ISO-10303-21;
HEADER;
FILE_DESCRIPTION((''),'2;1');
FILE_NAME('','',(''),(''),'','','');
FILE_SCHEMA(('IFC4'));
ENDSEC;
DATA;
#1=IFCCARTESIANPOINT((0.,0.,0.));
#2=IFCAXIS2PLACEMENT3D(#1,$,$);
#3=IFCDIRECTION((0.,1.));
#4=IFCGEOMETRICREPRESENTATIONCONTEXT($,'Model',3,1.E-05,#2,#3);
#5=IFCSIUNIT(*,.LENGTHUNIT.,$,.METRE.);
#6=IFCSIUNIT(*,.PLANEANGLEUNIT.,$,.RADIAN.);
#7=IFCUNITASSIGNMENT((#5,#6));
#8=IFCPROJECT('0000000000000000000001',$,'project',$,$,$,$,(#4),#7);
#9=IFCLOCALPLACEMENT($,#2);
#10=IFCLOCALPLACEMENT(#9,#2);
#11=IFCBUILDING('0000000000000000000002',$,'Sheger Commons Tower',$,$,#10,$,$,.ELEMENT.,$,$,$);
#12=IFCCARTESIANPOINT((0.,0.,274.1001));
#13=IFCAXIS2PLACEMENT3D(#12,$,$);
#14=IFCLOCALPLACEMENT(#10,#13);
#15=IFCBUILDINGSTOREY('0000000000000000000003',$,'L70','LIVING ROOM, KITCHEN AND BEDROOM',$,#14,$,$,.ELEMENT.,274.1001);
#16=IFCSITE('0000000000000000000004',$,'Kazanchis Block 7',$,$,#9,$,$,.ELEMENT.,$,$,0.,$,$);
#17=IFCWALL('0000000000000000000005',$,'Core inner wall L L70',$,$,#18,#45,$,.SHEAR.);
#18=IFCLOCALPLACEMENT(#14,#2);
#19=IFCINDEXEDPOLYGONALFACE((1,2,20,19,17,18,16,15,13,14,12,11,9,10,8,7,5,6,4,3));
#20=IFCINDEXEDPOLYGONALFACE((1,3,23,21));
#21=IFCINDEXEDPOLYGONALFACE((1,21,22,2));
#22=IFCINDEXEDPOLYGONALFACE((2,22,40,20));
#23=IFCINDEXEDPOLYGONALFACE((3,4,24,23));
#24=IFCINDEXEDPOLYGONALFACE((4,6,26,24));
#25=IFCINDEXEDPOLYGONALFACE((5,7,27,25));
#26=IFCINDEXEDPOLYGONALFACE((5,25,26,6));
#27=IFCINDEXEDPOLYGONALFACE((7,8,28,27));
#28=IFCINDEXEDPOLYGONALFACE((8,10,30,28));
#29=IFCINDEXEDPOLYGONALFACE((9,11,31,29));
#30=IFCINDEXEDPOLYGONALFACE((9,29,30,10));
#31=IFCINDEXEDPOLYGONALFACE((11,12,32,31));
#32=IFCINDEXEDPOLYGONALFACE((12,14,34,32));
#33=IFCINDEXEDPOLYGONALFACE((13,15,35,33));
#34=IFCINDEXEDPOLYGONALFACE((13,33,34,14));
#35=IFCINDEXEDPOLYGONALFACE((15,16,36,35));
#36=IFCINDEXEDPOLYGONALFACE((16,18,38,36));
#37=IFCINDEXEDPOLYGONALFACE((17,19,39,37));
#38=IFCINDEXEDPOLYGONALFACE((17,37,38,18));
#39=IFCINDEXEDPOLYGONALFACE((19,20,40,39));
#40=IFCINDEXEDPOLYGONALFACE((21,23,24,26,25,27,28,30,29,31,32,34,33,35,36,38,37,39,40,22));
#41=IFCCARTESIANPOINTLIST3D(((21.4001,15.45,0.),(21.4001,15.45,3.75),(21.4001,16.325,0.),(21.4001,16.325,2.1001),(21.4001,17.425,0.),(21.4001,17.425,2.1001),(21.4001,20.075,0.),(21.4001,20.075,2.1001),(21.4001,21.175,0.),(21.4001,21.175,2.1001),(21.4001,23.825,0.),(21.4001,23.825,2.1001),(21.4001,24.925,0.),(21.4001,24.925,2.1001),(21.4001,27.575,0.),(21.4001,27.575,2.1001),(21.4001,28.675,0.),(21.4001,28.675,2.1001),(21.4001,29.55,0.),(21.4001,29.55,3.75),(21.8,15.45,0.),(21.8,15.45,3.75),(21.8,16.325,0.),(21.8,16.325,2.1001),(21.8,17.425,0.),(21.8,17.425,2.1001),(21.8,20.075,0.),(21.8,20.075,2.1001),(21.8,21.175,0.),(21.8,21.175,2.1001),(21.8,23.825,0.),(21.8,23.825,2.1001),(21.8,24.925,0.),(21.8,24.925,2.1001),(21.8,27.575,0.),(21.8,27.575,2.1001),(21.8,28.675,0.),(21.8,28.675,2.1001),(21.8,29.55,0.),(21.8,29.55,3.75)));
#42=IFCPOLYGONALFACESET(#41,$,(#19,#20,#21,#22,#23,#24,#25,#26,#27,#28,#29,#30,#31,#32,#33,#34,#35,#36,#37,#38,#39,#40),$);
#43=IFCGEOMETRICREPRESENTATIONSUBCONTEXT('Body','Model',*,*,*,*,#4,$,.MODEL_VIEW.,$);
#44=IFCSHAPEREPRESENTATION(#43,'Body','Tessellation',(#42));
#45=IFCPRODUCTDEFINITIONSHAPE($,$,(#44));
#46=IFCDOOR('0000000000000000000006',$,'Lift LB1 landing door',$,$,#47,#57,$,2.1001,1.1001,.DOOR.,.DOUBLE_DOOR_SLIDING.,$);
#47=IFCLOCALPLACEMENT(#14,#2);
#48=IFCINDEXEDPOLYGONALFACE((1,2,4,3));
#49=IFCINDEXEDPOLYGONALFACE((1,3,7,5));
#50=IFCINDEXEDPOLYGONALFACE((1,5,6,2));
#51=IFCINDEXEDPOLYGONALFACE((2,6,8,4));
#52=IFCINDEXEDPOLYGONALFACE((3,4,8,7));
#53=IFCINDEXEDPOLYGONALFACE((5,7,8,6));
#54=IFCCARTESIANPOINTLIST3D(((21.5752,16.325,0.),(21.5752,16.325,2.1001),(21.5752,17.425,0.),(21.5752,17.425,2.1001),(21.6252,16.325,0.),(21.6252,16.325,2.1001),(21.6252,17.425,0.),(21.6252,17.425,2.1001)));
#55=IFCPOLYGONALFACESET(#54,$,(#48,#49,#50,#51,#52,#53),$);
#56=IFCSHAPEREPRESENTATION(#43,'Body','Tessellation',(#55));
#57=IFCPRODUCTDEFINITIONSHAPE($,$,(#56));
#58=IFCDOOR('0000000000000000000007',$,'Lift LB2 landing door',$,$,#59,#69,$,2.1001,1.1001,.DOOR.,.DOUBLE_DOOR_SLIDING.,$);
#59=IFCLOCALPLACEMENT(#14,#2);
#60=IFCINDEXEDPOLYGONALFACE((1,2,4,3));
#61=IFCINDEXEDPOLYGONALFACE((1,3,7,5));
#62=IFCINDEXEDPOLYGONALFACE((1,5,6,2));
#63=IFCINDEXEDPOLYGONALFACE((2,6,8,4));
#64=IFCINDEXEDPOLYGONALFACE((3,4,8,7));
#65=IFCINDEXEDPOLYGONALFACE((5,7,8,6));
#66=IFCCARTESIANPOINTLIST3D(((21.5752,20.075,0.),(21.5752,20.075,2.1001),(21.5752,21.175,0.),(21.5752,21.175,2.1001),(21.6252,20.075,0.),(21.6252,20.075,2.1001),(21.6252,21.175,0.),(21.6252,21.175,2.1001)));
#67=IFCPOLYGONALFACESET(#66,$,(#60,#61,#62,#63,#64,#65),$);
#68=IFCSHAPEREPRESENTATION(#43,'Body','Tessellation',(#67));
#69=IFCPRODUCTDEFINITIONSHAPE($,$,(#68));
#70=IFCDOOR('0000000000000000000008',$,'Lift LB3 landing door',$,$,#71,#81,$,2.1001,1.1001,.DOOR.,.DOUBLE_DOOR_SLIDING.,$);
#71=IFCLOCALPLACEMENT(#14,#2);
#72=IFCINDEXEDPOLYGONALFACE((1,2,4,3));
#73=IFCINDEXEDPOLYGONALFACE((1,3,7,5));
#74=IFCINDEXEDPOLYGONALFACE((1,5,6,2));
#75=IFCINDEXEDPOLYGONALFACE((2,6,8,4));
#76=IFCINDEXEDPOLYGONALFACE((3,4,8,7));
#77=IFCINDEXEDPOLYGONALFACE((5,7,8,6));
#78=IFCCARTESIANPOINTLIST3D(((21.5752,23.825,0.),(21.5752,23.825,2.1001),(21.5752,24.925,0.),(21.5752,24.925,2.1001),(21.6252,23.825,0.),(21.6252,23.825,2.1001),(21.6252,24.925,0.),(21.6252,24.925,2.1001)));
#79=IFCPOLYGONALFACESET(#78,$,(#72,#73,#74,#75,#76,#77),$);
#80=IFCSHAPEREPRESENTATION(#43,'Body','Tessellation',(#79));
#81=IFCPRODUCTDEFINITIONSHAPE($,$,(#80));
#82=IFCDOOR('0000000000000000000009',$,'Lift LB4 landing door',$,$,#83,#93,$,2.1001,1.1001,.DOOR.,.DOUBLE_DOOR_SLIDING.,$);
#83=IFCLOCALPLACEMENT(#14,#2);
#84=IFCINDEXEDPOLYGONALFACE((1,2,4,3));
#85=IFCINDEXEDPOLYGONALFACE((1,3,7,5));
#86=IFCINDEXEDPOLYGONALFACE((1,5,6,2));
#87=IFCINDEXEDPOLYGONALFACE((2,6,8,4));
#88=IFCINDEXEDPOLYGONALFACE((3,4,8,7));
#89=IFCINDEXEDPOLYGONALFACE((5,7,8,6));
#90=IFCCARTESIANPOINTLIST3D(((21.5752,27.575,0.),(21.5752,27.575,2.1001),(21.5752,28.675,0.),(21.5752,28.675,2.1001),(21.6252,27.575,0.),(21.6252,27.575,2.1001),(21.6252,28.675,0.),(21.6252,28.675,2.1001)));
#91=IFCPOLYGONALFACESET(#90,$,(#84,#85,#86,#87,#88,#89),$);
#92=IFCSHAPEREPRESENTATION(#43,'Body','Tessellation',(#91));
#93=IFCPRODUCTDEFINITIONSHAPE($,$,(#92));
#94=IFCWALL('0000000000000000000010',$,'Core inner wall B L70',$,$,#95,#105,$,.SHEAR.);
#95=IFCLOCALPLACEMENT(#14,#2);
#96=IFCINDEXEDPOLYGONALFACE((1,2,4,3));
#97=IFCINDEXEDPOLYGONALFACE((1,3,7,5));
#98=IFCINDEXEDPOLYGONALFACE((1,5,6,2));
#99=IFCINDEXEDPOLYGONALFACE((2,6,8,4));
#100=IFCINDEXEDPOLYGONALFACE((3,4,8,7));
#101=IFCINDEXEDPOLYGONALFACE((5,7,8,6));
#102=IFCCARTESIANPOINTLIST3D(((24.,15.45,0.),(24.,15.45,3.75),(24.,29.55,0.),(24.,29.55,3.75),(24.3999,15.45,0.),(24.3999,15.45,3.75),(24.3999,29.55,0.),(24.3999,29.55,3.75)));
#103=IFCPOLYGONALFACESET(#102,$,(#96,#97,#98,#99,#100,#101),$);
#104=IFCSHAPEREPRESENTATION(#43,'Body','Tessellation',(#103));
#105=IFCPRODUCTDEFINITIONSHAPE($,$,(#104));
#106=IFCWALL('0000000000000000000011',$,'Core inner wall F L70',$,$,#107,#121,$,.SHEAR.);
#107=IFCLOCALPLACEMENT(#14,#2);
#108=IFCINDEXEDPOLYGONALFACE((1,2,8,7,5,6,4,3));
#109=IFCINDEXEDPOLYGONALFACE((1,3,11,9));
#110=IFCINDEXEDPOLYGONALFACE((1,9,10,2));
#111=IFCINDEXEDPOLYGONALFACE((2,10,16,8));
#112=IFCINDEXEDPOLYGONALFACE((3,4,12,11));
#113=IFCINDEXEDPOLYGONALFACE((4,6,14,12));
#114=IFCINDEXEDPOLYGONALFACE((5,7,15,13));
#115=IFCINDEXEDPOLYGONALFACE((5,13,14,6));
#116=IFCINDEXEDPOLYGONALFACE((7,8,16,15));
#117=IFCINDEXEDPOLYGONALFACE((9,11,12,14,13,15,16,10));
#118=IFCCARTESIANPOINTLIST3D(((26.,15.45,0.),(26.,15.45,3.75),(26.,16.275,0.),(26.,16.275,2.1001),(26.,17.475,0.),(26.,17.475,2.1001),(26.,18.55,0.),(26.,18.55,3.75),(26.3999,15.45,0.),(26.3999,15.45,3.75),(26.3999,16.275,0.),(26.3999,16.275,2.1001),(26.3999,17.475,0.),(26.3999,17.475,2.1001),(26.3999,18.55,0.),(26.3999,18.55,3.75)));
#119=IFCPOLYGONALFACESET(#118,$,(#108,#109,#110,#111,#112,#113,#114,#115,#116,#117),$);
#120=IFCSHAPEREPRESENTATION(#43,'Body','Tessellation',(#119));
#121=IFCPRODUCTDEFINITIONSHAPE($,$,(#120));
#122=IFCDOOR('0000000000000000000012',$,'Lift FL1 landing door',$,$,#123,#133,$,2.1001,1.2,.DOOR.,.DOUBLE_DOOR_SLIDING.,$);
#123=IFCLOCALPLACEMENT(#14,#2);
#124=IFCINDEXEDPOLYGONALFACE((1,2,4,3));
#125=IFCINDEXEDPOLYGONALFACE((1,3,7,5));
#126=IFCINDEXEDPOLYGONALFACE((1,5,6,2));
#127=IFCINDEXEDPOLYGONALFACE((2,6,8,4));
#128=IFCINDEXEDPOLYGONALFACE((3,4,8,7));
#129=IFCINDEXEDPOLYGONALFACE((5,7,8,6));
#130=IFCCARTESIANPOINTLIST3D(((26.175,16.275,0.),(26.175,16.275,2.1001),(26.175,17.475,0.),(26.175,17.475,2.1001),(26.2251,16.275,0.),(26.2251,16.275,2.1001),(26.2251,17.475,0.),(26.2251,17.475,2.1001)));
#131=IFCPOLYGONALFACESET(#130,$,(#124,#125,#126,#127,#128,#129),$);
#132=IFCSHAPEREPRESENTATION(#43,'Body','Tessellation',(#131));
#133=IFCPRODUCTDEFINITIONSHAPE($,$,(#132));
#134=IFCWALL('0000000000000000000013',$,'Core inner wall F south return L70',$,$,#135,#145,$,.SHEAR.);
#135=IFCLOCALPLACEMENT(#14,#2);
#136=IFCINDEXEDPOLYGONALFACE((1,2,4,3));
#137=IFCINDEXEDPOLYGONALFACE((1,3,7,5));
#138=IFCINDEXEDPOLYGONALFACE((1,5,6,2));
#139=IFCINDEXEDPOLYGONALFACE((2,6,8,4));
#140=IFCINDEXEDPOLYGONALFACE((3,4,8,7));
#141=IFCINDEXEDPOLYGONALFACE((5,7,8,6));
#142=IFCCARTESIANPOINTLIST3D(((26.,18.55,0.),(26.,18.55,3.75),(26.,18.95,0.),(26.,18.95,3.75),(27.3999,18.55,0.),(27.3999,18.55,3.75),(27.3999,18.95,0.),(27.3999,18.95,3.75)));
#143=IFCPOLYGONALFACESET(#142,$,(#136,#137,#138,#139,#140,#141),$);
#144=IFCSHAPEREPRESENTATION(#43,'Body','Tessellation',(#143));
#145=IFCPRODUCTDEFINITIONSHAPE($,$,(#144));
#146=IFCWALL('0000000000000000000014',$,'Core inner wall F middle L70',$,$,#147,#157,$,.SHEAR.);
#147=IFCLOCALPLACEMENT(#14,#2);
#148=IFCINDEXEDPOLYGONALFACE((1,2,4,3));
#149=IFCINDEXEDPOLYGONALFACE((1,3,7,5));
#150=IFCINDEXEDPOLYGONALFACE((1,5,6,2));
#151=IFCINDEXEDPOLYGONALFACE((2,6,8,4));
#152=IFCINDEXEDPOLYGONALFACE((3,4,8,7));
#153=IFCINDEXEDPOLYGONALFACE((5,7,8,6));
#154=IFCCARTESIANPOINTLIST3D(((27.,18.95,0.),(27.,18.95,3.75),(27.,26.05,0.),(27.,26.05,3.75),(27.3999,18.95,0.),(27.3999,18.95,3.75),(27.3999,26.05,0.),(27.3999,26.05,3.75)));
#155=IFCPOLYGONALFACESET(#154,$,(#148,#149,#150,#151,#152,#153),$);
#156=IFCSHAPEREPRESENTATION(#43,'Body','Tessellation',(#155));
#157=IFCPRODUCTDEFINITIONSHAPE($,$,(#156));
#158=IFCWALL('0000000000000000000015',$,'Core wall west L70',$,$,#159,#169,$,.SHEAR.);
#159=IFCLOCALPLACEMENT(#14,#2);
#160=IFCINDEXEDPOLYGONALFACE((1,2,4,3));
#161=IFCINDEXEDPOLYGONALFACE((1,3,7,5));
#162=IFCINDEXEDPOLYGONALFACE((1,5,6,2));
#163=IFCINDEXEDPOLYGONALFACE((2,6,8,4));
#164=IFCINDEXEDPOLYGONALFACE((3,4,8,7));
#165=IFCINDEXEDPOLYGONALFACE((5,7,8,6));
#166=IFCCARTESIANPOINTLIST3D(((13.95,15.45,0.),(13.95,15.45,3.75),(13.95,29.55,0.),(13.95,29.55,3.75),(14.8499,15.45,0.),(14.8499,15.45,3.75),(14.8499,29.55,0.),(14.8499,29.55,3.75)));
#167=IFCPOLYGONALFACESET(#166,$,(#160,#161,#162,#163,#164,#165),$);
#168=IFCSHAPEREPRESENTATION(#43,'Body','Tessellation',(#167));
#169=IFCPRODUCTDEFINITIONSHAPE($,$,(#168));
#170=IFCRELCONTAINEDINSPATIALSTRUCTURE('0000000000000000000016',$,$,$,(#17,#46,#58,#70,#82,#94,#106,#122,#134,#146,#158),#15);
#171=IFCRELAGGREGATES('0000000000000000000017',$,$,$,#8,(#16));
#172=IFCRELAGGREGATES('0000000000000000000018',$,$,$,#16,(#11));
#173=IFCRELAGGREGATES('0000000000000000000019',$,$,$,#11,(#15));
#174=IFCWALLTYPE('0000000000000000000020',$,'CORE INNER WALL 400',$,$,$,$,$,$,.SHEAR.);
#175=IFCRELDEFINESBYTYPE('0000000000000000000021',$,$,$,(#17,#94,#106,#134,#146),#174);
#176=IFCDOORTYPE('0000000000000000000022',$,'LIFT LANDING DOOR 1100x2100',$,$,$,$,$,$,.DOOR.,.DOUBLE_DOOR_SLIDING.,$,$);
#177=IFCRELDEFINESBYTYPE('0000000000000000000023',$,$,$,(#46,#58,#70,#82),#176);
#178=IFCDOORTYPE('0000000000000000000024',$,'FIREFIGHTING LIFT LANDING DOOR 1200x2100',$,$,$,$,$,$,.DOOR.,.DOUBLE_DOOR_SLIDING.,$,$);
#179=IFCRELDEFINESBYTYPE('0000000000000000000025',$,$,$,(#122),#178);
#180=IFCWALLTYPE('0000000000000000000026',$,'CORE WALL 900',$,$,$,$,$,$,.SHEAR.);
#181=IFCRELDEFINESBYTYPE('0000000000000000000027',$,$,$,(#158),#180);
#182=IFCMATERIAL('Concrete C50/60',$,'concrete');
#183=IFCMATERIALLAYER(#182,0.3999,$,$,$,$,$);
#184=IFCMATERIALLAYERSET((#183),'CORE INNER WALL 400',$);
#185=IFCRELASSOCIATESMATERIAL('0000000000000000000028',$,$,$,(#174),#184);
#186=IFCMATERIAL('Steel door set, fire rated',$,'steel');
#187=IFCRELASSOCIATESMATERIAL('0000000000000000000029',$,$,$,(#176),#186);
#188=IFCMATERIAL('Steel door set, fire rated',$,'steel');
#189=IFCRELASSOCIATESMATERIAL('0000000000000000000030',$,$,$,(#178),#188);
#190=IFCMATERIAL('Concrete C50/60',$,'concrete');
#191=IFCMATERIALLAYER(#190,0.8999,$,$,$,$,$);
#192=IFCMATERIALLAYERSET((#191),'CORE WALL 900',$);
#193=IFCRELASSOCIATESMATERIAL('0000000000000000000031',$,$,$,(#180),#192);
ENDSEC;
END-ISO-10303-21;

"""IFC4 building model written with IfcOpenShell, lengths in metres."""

from ifc_helpers import new_model, si_unit, direction, frame, frame_2d, origin, place, context, subcontext, project, spatial, rectangle, extrude, material, layer, layer_set, type_object, element, fill, save


model = new_model("IFC4")

# Units and contexts
model_context = context("Model", 3, precision=1e-05, world=origin(), true_north=direction((0.0, 1.0)))
body_context = subcontext(model_context, "Body", "Model", "MODEL_VIEW")
ifc_project = project(units=[si_unit("LENGTHUNIT", "METRE"), si_unit("PLANEANGLEUNIT", "RADIAN")], contexts=[model_context])

# Site, building, storey
site_placement = place(None, origin())
site = spatial("IfcSite", under=ifc_project, at=site_placement, Name="Kazanchis Block 7", CompositionType="ELEMENT", RefElevation=0.0)
building_placement = place(site_placement, origin())
building = spatial("IfcBuilding", under=site, at=building_placement, Name="Sheger Commons Tower", CompositionType="ELEMENT")
storey_placement = place(building_placement, frame((0.0, 0.0, 274.1001)))
storey = spatial("IfcBuildingStorey", under=building, at=storey_placement, Name="L70", Description="LIVING ROOM, KITCHEN AND BEDROOM", CompositionType="ELEMENT", Elevation=274.1001)

# Wall, openings, doors
ifc_material_1 = material(Name="Concrete C50/60", Category="concrete")
ifc_layer_1 = layer(ifc_material_1, 0.3999)
ifc_layer_set_1 = layer_set([ifc_layer_1], Name="CORE INNER WALL 400")
wall_type_1 = type_object("IfcWallType", Name="CORE INNER WALL 400", PredefinedType="SHEAR", material=ifc_layer_set_1)
wall_1_placement = place(storey_placement, frame((21.6001, 15.45, 0.0), z_axis=(0.0, 0.0, 1.0), x_axis=(0.0, 1.0, 0.0)))
wall_1 = element("IfcWall", 1, at=wall_1_placement, inside=storey, type_object=wall_type_1, Name="Core inner wall L L70", PredefinedType="SHEAR", context=body_context, shape_type="SweptSolid", body=[
    extrude(rectangle(XDim=14.1001, YDim=0.3999, at=frame_2d((7.05, 0.0))), origin(), (0.0, 0.0, 1.0), 3.75),
])
opening_1_placement = place(wall_1_placement, frame((0.875, 0.0, 0.0)))
opening_1 = element("IfcOpeningElement", 2, at=opening_1_placement, cuts=wall_1, PredefinedType="OPENING", context=body_context, shape_type="SweptSolid", body=[
    extrude(rectangle(XDim=1.1001, YDim=2.1001, at=frame_2d((0.55, 1.05))), frame((0.0, 0.21, 0.0), z_axis=(0.0, -1.0, 0.0), x_axis=(1.0, 0.0, 0.0)), (0.0, 0.0, 1.0), 0.4199),
])
opening_2_placement = place(wall_1_placement, frame((4.625, 0.0, 0.0)))
opening_2 = element("IfcOpeningElement", 3, at=opening_2_placement, cuts=wall_1, PredefinedType="OPENING", context=body_context, shape_type="SweptSolid", body=[
    extrude(rectangle(XDim=1.1001, YDim=2.1001, at=frame_2d((0.55, 1.05))), frame((0.0, 0.21, 0.0), z_axis=(0.0, -1.0, 0.0), x_axis=(1.0, 0.0, 0.0)), (0.0, 0.0, 1.0), 0.4199),
])
opening_3_placement = place(wall_1_placement, frame((8.375, 0.0, 0.0)))
opening_3 = element("IfcOpeningElement", 4, at=opening_3_placement, cuts=wall_1, PredefinedType="OPENING", context=body_context, shape_type="SweptSolid", body=[
    extrude(rectangle(XDim=1.1001, YDim=2.1001, at=frame_2d((0.55, 1.05))), frame((0.0, 0.21, 0.0), z_axis=(0.0, -1.0, 0.0), x_axis=(1.0, 0.0, 0.0)), (0.0, 0.0, 1.0), 0.4199),
])
opening_4_placement = place(wall_1_placement, frame((12.125, 0.0, 0.0)))
opening_4 = element("IfcOpeningElement", 5, at=opening_4_placement, cuts=wall_1, PredefinedType="OPENING", context=body_context, shape_type="SweptSolid", body=[
    extrude(rectangle(XDim=1.1001, YDim=2.1001, at=frame_2d((0.55, 1.05))), frame((0.0, 0.21, 0.0), z_axis=(0.0, -1.0, 0.0), x_axis=(1.0, 0.0, 0.0)), (0.0, 0.0, 1.0), 0.4199),
])
ifc_material_2 = material(Name="Steel door set, fire rated", Category="steel")
door_type_1 = type_object("IfcDoorType", Name="LIFT LANDING DOOR 1100x2100", OperationType="DOUBLE_DOOR_SLIDING", PredefinedType="DOOR", material=ifc_material_2)
door_1_placement = place(opening_1_placement, origin())
door_1 = element("IfcDoor", 6, at=door_1_placement, inside=storey, type_object=door_type_1, Name="Lift LB1 landing door", OperationType="DOUBLE_DOOR_SLIDING", OverallHeight=2.1001, OverallWidth=1.1001, PredefinedType="DOOR", context=body_context, shape_type="SweptSolid", body=[
    extrude(rectangle(XDim=1.1001, YDim=2.1001, at=frame_2d((0.55, 1.05))), frame((0.0, 0.0249, 0.0), z_axis=(0.0, -1.0, 0.0), x_axis=(1.0, 0.0, 0.0)), (0.0, 0.0, 1.0), 0.05),
])
fill(opening_1, door_1)
door_2_placement = place(opening_2_placement, origin())
door_2 = element("IfcDoor", 7, at=door_2_placement, inside=storey, type_object=door_type_1, Name="Lift LB2 landing door", OperationType="DOUBLE_DOOR_SLIDING", OverallHeight=2.1001, OverallWidth=1.1001, PredefinedType="DOOR", context=body_context, shape_type="SweptSolid", body=[
    extrude(rectangle(XDim=1.1001, YDim=2.1001, at=frame_2d((0.55, 1.05))), frame((0.0, 0.0249, 0.0), z_axis=(0.0, -1.0, 0.0), x_axis=(1.0, 0.0, 0.0)), (0.0, 0.0, 1.0), 0.05),
])
fill(opening_2, door_2)
door_3_placement = place(opening_3_placement, origin())
door_3 = element("IfcDoor", 8, at=door_3_placement, inside=storey, type_object=door_type_1, Name="Lift LB3 landing door", OperationType="DOUBLE_DOOR_SLIDING", OverallHeight=2.1001, OverallWidth=1.1001, PredefinedType="DOOR", context=body_context, shape_type="SweptSolid", body=[
    extrude(rectangle(XDim=1.1001, YDim=2.1001, at=frame_2d((0.55, 1.05))), frame((0.0, 0.0249, 0.0), z_axis=(0.0, -1.0, 0.0), x_axis=(1.0, 0.0, 0.0)), (0.0, 0.0, 1.0), 0.05),
])
fill(opening_3, door_3)
door_4_placement = place(opening_4_placement, origin())
door_4 = element("IfcDoor", 9, at=door_4_placement, inside=storey, type_object=door_type_1, Name="Lift LB4 landing door", OperationType="DOUBLE_DOOR_SLIDING", OverallHeight=2.1001, OverallWidth=1.1001, PredefinedType="DOOR", context=body_context, shape_type="SweptSolid", body=[
    extrude(rectangle(XDim=1.1001, YDim=2.1001, at=frame_2d((0.55, 1.05))), frame((0.0, 0.0249, 0.0), z_axis=(0.0, -1.0, 0.0), x_axis=(1.0, 0.0, 0.0)), (0.0, 0.0, 1.0), 0.05),
])
fill(opening_4, door_4)

# Wall
wall_2_placement = place(storey_placement, frame((24.2, 15.45, 0.0), z_axis=(0.0, 0.0, 1.0), x_axis=(0.0, 1.0, 0.0)))
element("IfcWall", 10, at=wall_2_placement, inside=storey, type_object=wall_type_1, Name="Core inner wall B L70", PredefinedType="SHEAR", context=body_context, shape_type="SweptSolid", body=[
    extrude(rectangle(XDim=14.1001, YDim=0.3999, at=frame_2d((7.05, 0.0))), origin(), (0.0, 0.0, 1.0), 3.75),
])

# Wall, opening, door
wall_3_placement = place(storey_placement, frame((26.2, 15.45, 0.0), z_axis=(0.0, 0.0, 1.0), x_axis=(0.0, 1.0, 0.0)))
wall_3 = element("IfcWall", 11, at=wall_3_placement, inside=storey, type_object=wall_type_1, Name="Core inner wall F L70", PredefinedType="SHEAR", context=body_context, shape_type="SweptSolid", body=[
    extrude(rectangle(XDim=3.1001, YDim=0.3999, at=frame_2d((1.55, 0.0))), origin(), (0.0, 0.0, 1.0), 3.75),
])
opening_5_placement = place(wall_3_placement, frame((0.825, 0.0, 0.0)))
opening_5 = element("IfcOpeningElement", 12, at=opening_5_placement, cuts=wall_3, PredefinedType="OPENING", context=body_context, shape_type="SweptSolid", body=[
    extrude(rectangle(XDim=1.2, YDim=2.1001, at=frame_2d((0.6001, 1.05))), frame((0.0, 0.21, 0.0), z_axis=(0.0, -1.0, 0.0), x_axis=(1.0, 0.0, 0.0)), (0.0, 0.0, 1.0), 0.4199),
])
ifc_material_3 = material(Name="Steel door set, fire rated", Category="steel")
door_type_2 = type_object("IfcDoorType", Name="FIREFIGHTING LIFT LANDING DOOR 1200x2100", OperationType="DOUBLE_DOOR_SLIDING", PredefinedType="DOOR", material=ifc_material_3)
door_5_placement = place(opening_5_placement, origin())
door_5 = element("IfcDoor", 13, at=door_5_placement, inside=storey, type_object=door_type_2, Name="Lift FL1 landing door", OperationType="DOUBLE_DOOR_SLIDING", OverallHeight=2.1001, OverallWidth=1.2, PredefinedType="DOOR", context=body_context, shape_type="SweptSolid", body=[
    extrude(rectangle(XDim=1.2, YDim=2.1001, at=frame_2d((0.6001, 1.05))), frame((0.0, 0.0249, 0.0), z_axis=(0.0, -1.0, 0.0), x_axis=(1.0, 0.0, 0.0)), (0.0, 0.0, 1.0), 0.05),
])
fill(opening_5, door_5)

# Walls
wall_4_placement = place(storey_placement, frame((26.0, 18.75, 0.0), z_axis=(0.0, 0.0, 1.0), x_axis=(1.0, 0.0, 0.0)))
element("IfcWall", 14, at=wall_4_placement, inside=storey, type_object=wall_type_1, Name="Core inner wall F south return L70", PredefinedType="SHEAR", context=body_context, shape_type="SweptSolid", body=[
    extrude(rectangle(XDim=1.3999, YDim=0.3999, at=frame_2d((0.7, 0.0))), origin(), (0.0, 0.0, 1.0), 3.75),
])
wall_5_placement = place(storey_placement, frame((27.2, 18.95, 0.0), z_axis=(0.0, 0.0, 1.0), x_axis=(0.0, 1.0, 0.0)))
element("IfcWall", 15, at=wall_5_placement, inside=storey, type_object=wall_type_1, Name="Core inner wall F middle L70", PredefinedType="SHEAR", context=body_context, shape_type="SweptSolid", body=[
    extrude(rectangle(XDim=7.1001, YDim=0.3999, at=frame_2d((3.55, 0.0))), origin(), (0.0, 0.0, 1.0), 3.75),
])
ifc_material_4 = material(Name="Concrete C50/60", Category="concrete")
ifc_layer_2 = layer(ifc_material_4, 0.8999)
ifc_layer_set_2 = layer_set([ifc_layer_2], Name="CORE WALL 900")
wall_type_2 = type_object("IfcWallType", Name="CORE WALL 900", PredefinedType="SHEAR", material=ifc_layer_set_2)
for number, where, z_axis, x_axis, name in (
    (16, (14.3999, 15.45, 0.0), (0.0, 0.0, 1.0), (0.0, 1.0, 0.0), "Core wall west L70"),
):
    element("IfcWall", number, at=place(storey_placement, frame(where, z_axis=z_axis, x_axis=x_axis)), inside=storey, type_object=wall_type_2, Name=name, PredefinedType="SHEAR", context=body_context, shape_type="SweptSolid", body=[
        extrude(rectangle(XDim=14.1001, YDim=0.8999, at=frame_2d((7.05, 0.0))), origin(), (0.0, 0.0, 1.0), 3.75),
    ])

save(model, "model.ifc")
